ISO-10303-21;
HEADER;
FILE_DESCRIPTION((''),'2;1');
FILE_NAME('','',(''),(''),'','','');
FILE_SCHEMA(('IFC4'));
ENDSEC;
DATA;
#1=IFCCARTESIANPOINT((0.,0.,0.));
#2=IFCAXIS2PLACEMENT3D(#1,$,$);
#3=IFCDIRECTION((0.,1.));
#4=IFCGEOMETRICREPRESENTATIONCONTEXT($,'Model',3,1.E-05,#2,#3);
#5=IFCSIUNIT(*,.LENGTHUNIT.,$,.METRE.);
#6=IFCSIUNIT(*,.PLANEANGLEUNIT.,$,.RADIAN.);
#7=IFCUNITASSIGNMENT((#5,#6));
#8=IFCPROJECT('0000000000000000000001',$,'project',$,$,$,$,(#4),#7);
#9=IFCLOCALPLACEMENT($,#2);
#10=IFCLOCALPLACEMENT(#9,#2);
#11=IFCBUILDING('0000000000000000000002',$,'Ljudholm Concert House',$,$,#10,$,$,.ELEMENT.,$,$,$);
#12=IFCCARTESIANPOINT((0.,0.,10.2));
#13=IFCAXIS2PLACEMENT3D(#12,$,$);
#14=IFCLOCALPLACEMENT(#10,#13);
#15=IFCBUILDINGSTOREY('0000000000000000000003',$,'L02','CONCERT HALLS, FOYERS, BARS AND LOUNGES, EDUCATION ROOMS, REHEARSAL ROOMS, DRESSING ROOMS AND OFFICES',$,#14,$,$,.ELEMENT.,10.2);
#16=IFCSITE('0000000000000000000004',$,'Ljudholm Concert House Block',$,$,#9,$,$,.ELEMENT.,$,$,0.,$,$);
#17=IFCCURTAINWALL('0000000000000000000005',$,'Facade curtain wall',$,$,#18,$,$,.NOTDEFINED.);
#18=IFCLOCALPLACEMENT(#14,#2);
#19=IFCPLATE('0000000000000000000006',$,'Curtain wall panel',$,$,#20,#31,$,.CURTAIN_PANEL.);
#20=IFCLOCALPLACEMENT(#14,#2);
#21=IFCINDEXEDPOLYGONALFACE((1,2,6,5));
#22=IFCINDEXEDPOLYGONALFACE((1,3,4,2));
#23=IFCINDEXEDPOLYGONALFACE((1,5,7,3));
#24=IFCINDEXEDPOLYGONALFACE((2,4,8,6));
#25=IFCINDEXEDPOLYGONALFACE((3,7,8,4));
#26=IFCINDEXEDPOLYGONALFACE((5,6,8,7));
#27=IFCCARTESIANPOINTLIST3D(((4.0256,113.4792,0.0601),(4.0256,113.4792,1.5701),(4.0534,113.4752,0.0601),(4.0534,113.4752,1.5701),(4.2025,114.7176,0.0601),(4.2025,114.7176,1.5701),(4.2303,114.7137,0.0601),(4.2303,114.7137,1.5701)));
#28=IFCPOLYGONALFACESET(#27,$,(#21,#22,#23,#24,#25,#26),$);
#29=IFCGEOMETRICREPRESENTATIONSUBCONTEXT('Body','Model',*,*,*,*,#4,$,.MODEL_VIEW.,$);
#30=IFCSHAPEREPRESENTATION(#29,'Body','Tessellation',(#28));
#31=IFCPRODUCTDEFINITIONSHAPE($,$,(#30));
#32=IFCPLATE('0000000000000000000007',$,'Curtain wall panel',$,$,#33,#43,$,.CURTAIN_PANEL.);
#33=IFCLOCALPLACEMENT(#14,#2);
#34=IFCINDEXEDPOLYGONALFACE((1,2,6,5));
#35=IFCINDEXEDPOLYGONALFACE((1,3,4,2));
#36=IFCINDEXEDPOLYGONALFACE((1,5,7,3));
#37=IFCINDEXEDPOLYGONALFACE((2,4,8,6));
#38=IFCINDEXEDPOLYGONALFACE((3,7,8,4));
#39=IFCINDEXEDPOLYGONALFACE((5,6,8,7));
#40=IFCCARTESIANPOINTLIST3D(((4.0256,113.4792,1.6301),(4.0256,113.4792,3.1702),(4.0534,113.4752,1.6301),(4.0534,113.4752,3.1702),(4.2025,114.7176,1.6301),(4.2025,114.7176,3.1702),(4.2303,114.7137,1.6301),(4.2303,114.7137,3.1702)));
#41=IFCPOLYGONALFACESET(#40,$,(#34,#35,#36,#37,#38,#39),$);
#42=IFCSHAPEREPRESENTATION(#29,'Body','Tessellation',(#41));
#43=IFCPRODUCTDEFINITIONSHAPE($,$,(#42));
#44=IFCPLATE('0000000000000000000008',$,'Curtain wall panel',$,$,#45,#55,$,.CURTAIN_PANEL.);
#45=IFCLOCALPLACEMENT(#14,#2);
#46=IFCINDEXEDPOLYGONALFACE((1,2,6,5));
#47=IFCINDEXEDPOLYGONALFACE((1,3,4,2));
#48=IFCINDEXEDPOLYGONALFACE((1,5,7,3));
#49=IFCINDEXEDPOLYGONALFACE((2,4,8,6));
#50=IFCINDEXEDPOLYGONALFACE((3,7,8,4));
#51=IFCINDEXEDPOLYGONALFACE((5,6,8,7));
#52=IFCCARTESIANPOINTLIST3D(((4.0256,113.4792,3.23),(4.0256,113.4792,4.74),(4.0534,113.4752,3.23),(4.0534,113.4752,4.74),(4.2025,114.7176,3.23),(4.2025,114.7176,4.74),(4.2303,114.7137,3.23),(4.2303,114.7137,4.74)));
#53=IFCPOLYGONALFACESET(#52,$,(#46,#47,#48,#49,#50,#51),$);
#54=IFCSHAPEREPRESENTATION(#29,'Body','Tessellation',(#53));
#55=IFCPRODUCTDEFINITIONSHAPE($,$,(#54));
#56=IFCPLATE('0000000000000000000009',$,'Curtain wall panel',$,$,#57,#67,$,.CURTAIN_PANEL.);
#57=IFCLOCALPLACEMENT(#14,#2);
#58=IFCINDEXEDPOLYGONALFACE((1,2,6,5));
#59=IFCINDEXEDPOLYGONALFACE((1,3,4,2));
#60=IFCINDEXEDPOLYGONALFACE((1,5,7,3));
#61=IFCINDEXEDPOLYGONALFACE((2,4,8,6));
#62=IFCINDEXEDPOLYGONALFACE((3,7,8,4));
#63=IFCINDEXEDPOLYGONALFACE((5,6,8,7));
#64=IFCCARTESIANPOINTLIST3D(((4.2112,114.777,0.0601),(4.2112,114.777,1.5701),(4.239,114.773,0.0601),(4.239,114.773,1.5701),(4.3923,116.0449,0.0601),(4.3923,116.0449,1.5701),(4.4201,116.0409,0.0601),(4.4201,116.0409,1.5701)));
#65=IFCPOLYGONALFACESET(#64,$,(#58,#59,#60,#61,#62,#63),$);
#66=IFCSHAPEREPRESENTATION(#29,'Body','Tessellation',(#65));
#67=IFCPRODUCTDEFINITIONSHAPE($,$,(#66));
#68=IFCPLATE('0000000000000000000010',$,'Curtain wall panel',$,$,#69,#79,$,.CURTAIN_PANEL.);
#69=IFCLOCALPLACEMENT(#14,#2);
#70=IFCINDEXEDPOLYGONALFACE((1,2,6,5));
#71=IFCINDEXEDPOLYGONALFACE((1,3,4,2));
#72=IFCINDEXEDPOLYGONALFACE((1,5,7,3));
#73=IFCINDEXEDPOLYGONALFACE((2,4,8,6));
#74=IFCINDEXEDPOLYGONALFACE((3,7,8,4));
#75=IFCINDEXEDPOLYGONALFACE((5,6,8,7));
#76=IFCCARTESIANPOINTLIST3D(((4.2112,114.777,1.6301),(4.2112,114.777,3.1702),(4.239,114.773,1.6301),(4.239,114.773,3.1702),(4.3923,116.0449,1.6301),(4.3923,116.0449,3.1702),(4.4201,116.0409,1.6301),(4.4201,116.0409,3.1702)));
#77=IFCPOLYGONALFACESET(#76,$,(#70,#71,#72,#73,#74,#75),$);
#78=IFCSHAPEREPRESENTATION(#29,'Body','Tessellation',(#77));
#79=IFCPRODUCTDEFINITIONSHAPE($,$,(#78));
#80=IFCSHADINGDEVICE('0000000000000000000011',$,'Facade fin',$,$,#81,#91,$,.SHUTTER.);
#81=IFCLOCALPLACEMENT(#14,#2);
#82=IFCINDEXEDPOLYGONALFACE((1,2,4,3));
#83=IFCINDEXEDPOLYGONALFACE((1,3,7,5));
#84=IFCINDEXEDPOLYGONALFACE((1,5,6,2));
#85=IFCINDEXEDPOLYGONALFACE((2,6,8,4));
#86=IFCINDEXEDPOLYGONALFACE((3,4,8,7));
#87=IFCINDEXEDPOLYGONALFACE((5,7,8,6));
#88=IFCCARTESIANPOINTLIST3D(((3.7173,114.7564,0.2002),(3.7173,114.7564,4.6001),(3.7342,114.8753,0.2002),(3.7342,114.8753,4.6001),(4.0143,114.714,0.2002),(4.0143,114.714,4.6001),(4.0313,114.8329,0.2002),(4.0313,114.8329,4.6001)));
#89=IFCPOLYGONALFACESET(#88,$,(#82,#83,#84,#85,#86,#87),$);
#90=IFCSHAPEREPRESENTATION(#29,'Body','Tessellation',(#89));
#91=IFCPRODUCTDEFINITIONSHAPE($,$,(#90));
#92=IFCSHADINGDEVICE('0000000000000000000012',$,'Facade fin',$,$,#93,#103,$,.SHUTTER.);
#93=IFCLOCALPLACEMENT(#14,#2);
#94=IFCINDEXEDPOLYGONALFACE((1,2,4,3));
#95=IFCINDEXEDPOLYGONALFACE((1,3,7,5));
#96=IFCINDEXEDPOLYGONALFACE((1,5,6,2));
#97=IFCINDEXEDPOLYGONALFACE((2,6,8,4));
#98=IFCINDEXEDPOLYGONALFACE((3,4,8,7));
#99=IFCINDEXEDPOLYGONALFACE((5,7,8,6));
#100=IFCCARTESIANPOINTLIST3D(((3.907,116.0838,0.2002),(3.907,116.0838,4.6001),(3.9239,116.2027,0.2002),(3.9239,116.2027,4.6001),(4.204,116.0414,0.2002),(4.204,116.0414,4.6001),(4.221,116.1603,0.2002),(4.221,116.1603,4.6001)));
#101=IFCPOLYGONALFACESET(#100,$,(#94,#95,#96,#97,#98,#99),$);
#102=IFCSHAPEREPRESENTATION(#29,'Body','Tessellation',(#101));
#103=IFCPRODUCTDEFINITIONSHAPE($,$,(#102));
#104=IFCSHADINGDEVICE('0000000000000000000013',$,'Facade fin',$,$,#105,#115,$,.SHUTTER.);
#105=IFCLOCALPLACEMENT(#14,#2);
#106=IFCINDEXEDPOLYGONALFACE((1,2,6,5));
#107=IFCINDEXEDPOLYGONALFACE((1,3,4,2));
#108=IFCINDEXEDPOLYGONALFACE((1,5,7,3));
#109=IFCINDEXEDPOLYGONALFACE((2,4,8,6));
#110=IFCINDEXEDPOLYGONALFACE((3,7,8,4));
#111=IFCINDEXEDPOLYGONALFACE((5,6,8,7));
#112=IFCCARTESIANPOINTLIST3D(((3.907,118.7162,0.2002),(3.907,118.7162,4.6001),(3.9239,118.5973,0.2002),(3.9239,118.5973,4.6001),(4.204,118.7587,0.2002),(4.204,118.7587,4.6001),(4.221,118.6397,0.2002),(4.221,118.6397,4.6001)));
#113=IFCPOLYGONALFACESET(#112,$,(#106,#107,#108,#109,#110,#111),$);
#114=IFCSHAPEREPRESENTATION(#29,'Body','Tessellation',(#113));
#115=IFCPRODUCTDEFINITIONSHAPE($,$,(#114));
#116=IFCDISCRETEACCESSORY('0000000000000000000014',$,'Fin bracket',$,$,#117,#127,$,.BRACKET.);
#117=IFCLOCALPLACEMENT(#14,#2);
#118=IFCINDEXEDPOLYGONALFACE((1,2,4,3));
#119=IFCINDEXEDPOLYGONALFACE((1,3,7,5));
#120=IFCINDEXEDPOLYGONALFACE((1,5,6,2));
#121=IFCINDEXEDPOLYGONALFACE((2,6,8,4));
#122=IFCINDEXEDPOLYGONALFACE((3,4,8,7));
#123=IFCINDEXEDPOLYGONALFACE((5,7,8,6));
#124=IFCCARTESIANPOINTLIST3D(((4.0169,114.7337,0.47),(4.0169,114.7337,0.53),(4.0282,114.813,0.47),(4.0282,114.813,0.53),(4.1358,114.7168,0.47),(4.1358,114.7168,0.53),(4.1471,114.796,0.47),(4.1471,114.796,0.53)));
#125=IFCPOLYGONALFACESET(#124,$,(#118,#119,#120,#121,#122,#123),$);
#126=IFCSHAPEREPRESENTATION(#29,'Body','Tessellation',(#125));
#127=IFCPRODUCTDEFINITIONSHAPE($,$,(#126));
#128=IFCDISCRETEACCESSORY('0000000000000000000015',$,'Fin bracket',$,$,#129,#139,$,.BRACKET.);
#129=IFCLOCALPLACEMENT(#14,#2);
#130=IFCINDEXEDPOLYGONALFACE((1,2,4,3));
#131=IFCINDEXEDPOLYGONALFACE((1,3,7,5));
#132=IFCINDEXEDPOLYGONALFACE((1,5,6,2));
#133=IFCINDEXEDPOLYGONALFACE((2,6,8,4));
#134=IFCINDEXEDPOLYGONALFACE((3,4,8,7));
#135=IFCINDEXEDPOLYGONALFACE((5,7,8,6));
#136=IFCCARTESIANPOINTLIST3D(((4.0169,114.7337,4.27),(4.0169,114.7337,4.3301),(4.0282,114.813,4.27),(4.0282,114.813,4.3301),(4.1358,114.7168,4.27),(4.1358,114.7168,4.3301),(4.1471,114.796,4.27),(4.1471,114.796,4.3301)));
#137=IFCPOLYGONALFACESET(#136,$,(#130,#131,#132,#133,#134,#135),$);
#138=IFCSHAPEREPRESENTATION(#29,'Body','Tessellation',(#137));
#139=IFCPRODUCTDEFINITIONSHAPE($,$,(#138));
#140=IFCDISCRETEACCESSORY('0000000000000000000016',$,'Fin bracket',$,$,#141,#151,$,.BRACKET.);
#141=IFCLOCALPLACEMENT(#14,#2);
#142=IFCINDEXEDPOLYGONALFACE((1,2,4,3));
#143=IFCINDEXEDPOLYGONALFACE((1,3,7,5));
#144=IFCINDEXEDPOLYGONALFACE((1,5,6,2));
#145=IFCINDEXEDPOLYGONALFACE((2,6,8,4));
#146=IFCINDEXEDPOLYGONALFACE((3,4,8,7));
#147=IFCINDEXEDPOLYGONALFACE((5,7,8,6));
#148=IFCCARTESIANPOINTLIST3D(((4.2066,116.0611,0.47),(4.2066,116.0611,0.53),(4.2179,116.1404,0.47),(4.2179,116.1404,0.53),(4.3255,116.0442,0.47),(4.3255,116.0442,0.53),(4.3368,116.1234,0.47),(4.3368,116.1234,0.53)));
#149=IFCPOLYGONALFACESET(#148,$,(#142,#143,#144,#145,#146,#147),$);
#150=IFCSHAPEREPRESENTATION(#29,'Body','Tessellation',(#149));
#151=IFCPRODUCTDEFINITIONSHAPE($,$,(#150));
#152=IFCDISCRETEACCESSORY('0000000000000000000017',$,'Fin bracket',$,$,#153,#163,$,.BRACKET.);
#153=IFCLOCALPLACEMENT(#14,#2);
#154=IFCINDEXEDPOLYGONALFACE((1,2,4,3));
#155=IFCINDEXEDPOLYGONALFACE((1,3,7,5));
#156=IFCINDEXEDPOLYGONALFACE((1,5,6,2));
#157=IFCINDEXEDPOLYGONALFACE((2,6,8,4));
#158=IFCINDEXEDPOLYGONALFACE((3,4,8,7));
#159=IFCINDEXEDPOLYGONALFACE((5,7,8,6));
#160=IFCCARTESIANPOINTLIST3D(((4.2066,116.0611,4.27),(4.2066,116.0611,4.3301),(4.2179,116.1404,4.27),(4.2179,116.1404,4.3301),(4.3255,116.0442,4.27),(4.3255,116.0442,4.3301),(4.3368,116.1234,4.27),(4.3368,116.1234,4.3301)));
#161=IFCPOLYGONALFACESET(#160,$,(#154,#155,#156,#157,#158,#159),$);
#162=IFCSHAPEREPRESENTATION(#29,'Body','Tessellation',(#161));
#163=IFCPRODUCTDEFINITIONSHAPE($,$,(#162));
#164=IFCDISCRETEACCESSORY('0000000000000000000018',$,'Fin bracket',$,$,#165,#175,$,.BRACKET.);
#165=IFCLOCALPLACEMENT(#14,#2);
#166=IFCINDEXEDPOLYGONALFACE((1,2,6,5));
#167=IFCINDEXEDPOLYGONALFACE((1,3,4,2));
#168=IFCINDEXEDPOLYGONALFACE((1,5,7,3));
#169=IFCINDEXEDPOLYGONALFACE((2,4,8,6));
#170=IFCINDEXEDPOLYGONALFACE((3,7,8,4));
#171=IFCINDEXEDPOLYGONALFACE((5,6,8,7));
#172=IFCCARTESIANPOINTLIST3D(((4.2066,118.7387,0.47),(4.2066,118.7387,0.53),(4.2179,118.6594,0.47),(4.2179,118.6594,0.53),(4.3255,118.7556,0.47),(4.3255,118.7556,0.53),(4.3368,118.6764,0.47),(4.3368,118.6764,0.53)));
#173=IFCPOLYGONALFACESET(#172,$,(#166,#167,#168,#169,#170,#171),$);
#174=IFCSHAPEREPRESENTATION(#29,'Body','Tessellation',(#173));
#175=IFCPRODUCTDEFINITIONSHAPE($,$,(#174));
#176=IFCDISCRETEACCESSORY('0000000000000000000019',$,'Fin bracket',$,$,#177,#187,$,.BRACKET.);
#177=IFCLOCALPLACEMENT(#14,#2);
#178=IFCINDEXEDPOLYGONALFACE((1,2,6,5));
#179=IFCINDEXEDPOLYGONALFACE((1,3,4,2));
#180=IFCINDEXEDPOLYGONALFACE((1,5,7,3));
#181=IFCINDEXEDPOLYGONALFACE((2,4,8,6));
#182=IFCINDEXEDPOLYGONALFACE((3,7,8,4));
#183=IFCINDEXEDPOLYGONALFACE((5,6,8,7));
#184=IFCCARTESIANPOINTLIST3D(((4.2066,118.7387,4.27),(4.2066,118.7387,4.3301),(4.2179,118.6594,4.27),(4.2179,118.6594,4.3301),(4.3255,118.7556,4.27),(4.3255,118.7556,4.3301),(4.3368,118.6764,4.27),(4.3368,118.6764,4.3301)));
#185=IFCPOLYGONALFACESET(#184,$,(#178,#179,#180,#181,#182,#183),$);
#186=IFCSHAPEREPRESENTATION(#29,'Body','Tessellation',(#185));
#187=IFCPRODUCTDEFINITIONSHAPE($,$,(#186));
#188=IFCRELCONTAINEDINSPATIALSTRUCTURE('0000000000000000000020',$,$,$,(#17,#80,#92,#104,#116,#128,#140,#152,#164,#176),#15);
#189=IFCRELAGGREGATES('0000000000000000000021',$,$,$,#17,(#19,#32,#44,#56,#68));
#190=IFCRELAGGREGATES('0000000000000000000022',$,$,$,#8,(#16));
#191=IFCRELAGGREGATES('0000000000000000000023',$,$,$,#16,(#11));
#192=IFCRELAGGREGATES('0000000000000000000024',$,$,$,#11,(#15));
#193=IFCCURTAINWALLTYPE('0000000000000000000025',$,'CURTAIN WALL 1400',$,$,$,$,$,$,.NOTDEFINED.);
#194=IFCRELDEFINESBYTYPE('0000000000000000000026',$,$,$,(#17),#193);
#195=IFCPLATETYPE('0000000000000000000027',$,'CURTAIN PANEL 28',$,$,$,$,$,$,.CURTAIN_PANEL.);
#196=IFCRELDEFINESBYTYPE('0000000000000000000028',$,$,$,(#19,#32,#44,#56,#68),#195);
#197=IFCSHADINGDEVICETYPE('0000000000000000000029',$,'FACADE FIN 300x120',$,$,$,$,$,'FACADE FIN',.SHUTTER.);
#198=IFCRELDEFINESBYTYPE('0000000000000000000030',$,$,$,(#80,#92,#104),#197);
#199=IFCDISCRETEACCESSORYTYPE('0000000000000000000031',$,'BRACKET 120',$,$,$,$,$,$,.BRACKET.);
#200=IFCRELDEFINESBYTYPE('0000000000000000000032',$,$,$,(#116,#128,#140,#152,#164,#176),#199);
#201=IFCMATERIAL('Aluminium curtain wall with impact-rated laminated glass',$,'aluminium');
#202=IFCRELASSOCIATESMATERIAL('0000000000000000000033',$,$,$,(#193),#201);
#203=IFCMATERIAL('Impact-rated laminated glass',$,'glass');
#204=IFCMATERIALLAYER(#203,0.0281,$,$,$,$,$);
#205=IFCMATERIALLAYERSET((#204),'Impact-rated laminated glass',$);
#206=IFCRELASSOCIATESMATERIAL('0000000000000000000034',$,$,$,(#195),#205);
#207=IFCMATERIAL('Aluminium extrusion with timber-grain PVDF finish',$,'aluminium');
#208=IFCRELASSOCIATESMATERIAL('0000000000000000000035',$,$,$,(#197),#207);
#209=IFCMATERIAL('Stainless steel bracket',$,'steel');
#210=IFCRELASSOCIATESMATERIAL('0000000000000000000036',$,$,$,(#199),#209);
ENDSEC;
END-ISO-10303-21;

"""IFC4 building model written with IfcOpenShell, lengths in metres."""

from ifc_helpers import new_model, si_unit, direction, frame, origin, origin_2d, place, context, subcontext, project, spatial, rectangle, extrude, material, layer, layer_set, type_object, element, aggregate, save


model = new_model("IFC4")

# Units and contexts
model_context = context("Model", 3, precision=1e-05, world=origin(), true_north=direction((0.0, 1.0)))
body_context = subcontext(model_context, "Body", "Model", "MODEL_VIEW")
ifc_project = project(units=[si_unit("LENGTHUNIT", "METRE"), si_unit("PLANEANGLEUNIT", "RADIAN")], contexts=[model_context])

# Site, building, storey
site_placement = place(None, origin())
site = spatial("IfcSite", under=ifc_project, at=site_placement, Name="Ljudholm Concert House Block", CompositionType="ELEMENT", RefElevation=0.0)
building_placement = place(site_placement, origin())
building = spatial("IfcBuilding", under=site, at=building_placement, Name="Ljudholm Concert House", CompositionType="ELEMENT")
storey_placement = place(building_placement, frame((0.0, 0.0, 10.2)))
storey = spatial("IfcBuildingStorey", under=building, at=storey_placement, Name="L02", Description="CONCERT HALLS, FOYERS, BARS AND LOUNGES, EDUCATION ROOMS, REHEARSAL ROOMS, DRESSING ROOMS AND OFFICES", CompositionType="ELEMENT", Elevation=10.2)

# Curtain wall
ifc_material_1 = material(Name="Aluminium curtain wall with impact-rated laminated glass", Category="aluminium")
curtain_wall_type = type_object("IfcCurtainWallType", Name="CURTAIN WALL 1400", PredefinedType="NOTDEFINED", material=ifc_material_1)
curtain_wall_placement = place(storey_placement, origin())
curtain_wall = element("IfcCurtainWall", 1, at=curtain_wall_placement, inside=storey, type_object=curtain_wall_type, Name="Facade curtain wall", PredefinedType="NOTDEFINED")

# Plates
ifc_material_2 = material(Name="Impact-rated laminated glass", Category="glass")
ifc_layer = layer(ifc_material_2, 0.0281)
ifc_layer_set = layer_set([ifc_layer], Name="Impact-rated laminated glass")
plate_type = type_object("IfcPlateType", Name="CURTAIN PANEL 28", PredefinedType="CURTAIN_PANEL", material=ifc_layer_set)
plate_1_placement = place(storey_placement, frame((4.1279, 114.0964, 0.0601), z_axis=(0.0, 0.0, 1.0), x_axis=(0.141421, 0.989949, 0.0)))
plate_1 = element("IfcPlate", 2, at=plate_1_placement, type_object=plate_type, Name="Curtain wall panel", PredefinedType="CURTAIN_PANEL", context=body_context, shape_type="SweptSolid", body=[
    extrude(rectangle(XDim=1.251, YDim=0.0281, at=origin_2d()), origin(), (0.0, 0.0, 1.0), 1.51),
])
plate_2_placement = place(storey_placement, frame((4.1279, 114.0964, 1.6301), z_axis=(0.0, 0.0, 1.0), x_axis=(0.141421, 0.989949, 0.0)))
plate_2 = element("IfcPlate", 3, at=plate_2_placement, type_object=plate_type, Name="Curtain wall panel", PredefinedType="CURTAIN_PANEL", context=body_context, shape_type="SweptSolid", body=[
    extrude(rectangle(XDim=1.251, YDim=0.0281, at=origin_2d()), origin(), (0.0, 0.0, 1.0), 1.54),
])
plate_3_placement = place(storey_placement, frame((4.1279, 114.0964, 3.23), z_axis=(0.0, 0.0, 1.0), x_axis=(0.141421, 0.989949, 0.0)))
plate_3 = element("IfcPlate", 4, at=plate_3_placement, type_object=plate_type, Name="Curtain wall panel", PredefinedType="CURTAIN_PANEL", context=body_context, shape_type="SweptSolid", body=[
    extrude(rectangle(XDim=1.251, YDim=0.0281, at=origin_2d()), origin(), (0.0, 0.0, 1.0), 1.51),
])
plate_4_placement = place(storey_placement, frame((4.3157, 115.4089, 0.0601), z_axis=(0.0, 0.0, 1.0), x_axis=(0.141421, 0.989949, 0.0)))
plate_4 = element("IfcPlate", 5, at=plate_4_placement, type_object=plate_type, Name="Curtain wall panel", PredefinedType="CURTAIN_PANEL", context=body_context, shape_type="SweptSolid", body=[
    extrude(rectangle(XDim=1.2808, YDim=0.0281, at=origin_2d()), origin(), (0.0, 0.0, 1.0), 1.51),
])
plate_5_placement = place(storey_placement, frame((4.3157, 115.4089, 1.6301), z_axis=(0.0, 0.0, 1.0), x_axis=(0.141421, 0.989949, 0.0)))
plate_5 = element("IfcPlate", 6, at=plate_5_placement, type_object=plate_type, Name="Curtain wall panel", PredefinedType="CURTAIN_PANEL", context=body_context, shape_type="SweptSolid", body=[
    extrude(rectangle(XDim=1.2808, YDim=0.0281, at=origin_2d()), origin(), (0.0, 0.0, 1.0), 1.54),
])
aggregate(curtain_wall, [plate_1, plate_2, plate_3, plate_4, plate_5])

# Shading devices
ifc_material_3 = material(Name="Aluminium extrusion with timber-grain PVDF finish", Category="aluminium")
shading_device_type = type_object("IfcShadingDeviceType", Name="FACADE FIN 300x120", ElementType="FACADE FIN", PredefinedType="SHUTTER", material=ifc_material_3)
for number, where, z_axis, x_axis, name in (
    (7, (3.8743, 114.7947, 0.2002), (0.0, 0.0, 1.0), (-0.989949, 0.141421, 0.0), "Facade fin"),
    (8, (4.064, 116.1221, 0.2002), (0.0, 0.0, 1.0), (-0.989949, 0.141421, 0.0), "Facade fin"),
    (9, (4.064, 118.678, 0.2002), (0.0, 0.0, 1.0), (-0.989949, -0.141421, 0.0), "Facade fin"),
):
    element("IfcShadingDevice", number, at=place(storey_placement, frame(where, z_axis=z_axis, x_axis=x_axis)), inside=storey, type_object=shading_device_type, Name=name, PredefinedType="SHUTTER", context=body_context, shape_type="SweptSolid", body=[
        extrude(rectangle(XDim=0.3, YDim=0.1201, at=origin_2d()), origin(), (0.0, 0.0, 1.0), 4.3999),
    ])

# Discrete accessories
ifc_material_4 = material(Name="Stainless steel bracket", Category="steel")
discrete_accessory_type = type_object("IfcDiscreteAccessoryType", Name="BRACKET 120", PredefinedType="BRACKET", material=ifc_material_4)
for number, where, z_axis, x_axis, name in (
    (10, (4.082, 114.7649, 0.47), (0.0, 0.0, 1.0), (-0.989949, 0.141421, 0.0), "Fin bracket"),
    (11, (4.082, 114.7649, 4.27), (0.0, 0.0, 1.0), (-0.989949, 0.141421, 0.0), "Fin bracket"),
    (12, (4.2717, 116.0923, 0.47), (0.0, 0.0, 1.0), (-0.989949, 0.141421, 0.0), "Fin bracket"),
    (13, (4.2717, 116.0923, 4.27), (0.0, 0.0, 1.0), (-0.989949, 0.141421, 0.0), "Fin bracket"),
    (14, (4.2717, 118.7075, 0.47), (0.0, 0.0, 1.0), (-0.989949, -0.141421, 0.0), "Fin bracket"),
    (15, (4.2717, 118.7075, 4.27), (0.0, 0.0, 1.0), (-0.989949, -0.141421, 0.0), "Fin bracket"),
):
    element("IfcDiscreteAccessory", number, at=place(storey_placement, frame(where, z_axis=z_axis, x_axis=x_axis)), inside=storey, type_object=discrete_accessory_type, Name=name, PredefinedType="BRACKET", context=body_context, shape_type="SweptSolid", body=[
        extrude(rectangle(XDim=0.1201, YDim=0.0801, at=origin_2d()), origin(), (0.0, 0.0, 1.0), 0.0601),
    ])

save(model, "model.ifc")
